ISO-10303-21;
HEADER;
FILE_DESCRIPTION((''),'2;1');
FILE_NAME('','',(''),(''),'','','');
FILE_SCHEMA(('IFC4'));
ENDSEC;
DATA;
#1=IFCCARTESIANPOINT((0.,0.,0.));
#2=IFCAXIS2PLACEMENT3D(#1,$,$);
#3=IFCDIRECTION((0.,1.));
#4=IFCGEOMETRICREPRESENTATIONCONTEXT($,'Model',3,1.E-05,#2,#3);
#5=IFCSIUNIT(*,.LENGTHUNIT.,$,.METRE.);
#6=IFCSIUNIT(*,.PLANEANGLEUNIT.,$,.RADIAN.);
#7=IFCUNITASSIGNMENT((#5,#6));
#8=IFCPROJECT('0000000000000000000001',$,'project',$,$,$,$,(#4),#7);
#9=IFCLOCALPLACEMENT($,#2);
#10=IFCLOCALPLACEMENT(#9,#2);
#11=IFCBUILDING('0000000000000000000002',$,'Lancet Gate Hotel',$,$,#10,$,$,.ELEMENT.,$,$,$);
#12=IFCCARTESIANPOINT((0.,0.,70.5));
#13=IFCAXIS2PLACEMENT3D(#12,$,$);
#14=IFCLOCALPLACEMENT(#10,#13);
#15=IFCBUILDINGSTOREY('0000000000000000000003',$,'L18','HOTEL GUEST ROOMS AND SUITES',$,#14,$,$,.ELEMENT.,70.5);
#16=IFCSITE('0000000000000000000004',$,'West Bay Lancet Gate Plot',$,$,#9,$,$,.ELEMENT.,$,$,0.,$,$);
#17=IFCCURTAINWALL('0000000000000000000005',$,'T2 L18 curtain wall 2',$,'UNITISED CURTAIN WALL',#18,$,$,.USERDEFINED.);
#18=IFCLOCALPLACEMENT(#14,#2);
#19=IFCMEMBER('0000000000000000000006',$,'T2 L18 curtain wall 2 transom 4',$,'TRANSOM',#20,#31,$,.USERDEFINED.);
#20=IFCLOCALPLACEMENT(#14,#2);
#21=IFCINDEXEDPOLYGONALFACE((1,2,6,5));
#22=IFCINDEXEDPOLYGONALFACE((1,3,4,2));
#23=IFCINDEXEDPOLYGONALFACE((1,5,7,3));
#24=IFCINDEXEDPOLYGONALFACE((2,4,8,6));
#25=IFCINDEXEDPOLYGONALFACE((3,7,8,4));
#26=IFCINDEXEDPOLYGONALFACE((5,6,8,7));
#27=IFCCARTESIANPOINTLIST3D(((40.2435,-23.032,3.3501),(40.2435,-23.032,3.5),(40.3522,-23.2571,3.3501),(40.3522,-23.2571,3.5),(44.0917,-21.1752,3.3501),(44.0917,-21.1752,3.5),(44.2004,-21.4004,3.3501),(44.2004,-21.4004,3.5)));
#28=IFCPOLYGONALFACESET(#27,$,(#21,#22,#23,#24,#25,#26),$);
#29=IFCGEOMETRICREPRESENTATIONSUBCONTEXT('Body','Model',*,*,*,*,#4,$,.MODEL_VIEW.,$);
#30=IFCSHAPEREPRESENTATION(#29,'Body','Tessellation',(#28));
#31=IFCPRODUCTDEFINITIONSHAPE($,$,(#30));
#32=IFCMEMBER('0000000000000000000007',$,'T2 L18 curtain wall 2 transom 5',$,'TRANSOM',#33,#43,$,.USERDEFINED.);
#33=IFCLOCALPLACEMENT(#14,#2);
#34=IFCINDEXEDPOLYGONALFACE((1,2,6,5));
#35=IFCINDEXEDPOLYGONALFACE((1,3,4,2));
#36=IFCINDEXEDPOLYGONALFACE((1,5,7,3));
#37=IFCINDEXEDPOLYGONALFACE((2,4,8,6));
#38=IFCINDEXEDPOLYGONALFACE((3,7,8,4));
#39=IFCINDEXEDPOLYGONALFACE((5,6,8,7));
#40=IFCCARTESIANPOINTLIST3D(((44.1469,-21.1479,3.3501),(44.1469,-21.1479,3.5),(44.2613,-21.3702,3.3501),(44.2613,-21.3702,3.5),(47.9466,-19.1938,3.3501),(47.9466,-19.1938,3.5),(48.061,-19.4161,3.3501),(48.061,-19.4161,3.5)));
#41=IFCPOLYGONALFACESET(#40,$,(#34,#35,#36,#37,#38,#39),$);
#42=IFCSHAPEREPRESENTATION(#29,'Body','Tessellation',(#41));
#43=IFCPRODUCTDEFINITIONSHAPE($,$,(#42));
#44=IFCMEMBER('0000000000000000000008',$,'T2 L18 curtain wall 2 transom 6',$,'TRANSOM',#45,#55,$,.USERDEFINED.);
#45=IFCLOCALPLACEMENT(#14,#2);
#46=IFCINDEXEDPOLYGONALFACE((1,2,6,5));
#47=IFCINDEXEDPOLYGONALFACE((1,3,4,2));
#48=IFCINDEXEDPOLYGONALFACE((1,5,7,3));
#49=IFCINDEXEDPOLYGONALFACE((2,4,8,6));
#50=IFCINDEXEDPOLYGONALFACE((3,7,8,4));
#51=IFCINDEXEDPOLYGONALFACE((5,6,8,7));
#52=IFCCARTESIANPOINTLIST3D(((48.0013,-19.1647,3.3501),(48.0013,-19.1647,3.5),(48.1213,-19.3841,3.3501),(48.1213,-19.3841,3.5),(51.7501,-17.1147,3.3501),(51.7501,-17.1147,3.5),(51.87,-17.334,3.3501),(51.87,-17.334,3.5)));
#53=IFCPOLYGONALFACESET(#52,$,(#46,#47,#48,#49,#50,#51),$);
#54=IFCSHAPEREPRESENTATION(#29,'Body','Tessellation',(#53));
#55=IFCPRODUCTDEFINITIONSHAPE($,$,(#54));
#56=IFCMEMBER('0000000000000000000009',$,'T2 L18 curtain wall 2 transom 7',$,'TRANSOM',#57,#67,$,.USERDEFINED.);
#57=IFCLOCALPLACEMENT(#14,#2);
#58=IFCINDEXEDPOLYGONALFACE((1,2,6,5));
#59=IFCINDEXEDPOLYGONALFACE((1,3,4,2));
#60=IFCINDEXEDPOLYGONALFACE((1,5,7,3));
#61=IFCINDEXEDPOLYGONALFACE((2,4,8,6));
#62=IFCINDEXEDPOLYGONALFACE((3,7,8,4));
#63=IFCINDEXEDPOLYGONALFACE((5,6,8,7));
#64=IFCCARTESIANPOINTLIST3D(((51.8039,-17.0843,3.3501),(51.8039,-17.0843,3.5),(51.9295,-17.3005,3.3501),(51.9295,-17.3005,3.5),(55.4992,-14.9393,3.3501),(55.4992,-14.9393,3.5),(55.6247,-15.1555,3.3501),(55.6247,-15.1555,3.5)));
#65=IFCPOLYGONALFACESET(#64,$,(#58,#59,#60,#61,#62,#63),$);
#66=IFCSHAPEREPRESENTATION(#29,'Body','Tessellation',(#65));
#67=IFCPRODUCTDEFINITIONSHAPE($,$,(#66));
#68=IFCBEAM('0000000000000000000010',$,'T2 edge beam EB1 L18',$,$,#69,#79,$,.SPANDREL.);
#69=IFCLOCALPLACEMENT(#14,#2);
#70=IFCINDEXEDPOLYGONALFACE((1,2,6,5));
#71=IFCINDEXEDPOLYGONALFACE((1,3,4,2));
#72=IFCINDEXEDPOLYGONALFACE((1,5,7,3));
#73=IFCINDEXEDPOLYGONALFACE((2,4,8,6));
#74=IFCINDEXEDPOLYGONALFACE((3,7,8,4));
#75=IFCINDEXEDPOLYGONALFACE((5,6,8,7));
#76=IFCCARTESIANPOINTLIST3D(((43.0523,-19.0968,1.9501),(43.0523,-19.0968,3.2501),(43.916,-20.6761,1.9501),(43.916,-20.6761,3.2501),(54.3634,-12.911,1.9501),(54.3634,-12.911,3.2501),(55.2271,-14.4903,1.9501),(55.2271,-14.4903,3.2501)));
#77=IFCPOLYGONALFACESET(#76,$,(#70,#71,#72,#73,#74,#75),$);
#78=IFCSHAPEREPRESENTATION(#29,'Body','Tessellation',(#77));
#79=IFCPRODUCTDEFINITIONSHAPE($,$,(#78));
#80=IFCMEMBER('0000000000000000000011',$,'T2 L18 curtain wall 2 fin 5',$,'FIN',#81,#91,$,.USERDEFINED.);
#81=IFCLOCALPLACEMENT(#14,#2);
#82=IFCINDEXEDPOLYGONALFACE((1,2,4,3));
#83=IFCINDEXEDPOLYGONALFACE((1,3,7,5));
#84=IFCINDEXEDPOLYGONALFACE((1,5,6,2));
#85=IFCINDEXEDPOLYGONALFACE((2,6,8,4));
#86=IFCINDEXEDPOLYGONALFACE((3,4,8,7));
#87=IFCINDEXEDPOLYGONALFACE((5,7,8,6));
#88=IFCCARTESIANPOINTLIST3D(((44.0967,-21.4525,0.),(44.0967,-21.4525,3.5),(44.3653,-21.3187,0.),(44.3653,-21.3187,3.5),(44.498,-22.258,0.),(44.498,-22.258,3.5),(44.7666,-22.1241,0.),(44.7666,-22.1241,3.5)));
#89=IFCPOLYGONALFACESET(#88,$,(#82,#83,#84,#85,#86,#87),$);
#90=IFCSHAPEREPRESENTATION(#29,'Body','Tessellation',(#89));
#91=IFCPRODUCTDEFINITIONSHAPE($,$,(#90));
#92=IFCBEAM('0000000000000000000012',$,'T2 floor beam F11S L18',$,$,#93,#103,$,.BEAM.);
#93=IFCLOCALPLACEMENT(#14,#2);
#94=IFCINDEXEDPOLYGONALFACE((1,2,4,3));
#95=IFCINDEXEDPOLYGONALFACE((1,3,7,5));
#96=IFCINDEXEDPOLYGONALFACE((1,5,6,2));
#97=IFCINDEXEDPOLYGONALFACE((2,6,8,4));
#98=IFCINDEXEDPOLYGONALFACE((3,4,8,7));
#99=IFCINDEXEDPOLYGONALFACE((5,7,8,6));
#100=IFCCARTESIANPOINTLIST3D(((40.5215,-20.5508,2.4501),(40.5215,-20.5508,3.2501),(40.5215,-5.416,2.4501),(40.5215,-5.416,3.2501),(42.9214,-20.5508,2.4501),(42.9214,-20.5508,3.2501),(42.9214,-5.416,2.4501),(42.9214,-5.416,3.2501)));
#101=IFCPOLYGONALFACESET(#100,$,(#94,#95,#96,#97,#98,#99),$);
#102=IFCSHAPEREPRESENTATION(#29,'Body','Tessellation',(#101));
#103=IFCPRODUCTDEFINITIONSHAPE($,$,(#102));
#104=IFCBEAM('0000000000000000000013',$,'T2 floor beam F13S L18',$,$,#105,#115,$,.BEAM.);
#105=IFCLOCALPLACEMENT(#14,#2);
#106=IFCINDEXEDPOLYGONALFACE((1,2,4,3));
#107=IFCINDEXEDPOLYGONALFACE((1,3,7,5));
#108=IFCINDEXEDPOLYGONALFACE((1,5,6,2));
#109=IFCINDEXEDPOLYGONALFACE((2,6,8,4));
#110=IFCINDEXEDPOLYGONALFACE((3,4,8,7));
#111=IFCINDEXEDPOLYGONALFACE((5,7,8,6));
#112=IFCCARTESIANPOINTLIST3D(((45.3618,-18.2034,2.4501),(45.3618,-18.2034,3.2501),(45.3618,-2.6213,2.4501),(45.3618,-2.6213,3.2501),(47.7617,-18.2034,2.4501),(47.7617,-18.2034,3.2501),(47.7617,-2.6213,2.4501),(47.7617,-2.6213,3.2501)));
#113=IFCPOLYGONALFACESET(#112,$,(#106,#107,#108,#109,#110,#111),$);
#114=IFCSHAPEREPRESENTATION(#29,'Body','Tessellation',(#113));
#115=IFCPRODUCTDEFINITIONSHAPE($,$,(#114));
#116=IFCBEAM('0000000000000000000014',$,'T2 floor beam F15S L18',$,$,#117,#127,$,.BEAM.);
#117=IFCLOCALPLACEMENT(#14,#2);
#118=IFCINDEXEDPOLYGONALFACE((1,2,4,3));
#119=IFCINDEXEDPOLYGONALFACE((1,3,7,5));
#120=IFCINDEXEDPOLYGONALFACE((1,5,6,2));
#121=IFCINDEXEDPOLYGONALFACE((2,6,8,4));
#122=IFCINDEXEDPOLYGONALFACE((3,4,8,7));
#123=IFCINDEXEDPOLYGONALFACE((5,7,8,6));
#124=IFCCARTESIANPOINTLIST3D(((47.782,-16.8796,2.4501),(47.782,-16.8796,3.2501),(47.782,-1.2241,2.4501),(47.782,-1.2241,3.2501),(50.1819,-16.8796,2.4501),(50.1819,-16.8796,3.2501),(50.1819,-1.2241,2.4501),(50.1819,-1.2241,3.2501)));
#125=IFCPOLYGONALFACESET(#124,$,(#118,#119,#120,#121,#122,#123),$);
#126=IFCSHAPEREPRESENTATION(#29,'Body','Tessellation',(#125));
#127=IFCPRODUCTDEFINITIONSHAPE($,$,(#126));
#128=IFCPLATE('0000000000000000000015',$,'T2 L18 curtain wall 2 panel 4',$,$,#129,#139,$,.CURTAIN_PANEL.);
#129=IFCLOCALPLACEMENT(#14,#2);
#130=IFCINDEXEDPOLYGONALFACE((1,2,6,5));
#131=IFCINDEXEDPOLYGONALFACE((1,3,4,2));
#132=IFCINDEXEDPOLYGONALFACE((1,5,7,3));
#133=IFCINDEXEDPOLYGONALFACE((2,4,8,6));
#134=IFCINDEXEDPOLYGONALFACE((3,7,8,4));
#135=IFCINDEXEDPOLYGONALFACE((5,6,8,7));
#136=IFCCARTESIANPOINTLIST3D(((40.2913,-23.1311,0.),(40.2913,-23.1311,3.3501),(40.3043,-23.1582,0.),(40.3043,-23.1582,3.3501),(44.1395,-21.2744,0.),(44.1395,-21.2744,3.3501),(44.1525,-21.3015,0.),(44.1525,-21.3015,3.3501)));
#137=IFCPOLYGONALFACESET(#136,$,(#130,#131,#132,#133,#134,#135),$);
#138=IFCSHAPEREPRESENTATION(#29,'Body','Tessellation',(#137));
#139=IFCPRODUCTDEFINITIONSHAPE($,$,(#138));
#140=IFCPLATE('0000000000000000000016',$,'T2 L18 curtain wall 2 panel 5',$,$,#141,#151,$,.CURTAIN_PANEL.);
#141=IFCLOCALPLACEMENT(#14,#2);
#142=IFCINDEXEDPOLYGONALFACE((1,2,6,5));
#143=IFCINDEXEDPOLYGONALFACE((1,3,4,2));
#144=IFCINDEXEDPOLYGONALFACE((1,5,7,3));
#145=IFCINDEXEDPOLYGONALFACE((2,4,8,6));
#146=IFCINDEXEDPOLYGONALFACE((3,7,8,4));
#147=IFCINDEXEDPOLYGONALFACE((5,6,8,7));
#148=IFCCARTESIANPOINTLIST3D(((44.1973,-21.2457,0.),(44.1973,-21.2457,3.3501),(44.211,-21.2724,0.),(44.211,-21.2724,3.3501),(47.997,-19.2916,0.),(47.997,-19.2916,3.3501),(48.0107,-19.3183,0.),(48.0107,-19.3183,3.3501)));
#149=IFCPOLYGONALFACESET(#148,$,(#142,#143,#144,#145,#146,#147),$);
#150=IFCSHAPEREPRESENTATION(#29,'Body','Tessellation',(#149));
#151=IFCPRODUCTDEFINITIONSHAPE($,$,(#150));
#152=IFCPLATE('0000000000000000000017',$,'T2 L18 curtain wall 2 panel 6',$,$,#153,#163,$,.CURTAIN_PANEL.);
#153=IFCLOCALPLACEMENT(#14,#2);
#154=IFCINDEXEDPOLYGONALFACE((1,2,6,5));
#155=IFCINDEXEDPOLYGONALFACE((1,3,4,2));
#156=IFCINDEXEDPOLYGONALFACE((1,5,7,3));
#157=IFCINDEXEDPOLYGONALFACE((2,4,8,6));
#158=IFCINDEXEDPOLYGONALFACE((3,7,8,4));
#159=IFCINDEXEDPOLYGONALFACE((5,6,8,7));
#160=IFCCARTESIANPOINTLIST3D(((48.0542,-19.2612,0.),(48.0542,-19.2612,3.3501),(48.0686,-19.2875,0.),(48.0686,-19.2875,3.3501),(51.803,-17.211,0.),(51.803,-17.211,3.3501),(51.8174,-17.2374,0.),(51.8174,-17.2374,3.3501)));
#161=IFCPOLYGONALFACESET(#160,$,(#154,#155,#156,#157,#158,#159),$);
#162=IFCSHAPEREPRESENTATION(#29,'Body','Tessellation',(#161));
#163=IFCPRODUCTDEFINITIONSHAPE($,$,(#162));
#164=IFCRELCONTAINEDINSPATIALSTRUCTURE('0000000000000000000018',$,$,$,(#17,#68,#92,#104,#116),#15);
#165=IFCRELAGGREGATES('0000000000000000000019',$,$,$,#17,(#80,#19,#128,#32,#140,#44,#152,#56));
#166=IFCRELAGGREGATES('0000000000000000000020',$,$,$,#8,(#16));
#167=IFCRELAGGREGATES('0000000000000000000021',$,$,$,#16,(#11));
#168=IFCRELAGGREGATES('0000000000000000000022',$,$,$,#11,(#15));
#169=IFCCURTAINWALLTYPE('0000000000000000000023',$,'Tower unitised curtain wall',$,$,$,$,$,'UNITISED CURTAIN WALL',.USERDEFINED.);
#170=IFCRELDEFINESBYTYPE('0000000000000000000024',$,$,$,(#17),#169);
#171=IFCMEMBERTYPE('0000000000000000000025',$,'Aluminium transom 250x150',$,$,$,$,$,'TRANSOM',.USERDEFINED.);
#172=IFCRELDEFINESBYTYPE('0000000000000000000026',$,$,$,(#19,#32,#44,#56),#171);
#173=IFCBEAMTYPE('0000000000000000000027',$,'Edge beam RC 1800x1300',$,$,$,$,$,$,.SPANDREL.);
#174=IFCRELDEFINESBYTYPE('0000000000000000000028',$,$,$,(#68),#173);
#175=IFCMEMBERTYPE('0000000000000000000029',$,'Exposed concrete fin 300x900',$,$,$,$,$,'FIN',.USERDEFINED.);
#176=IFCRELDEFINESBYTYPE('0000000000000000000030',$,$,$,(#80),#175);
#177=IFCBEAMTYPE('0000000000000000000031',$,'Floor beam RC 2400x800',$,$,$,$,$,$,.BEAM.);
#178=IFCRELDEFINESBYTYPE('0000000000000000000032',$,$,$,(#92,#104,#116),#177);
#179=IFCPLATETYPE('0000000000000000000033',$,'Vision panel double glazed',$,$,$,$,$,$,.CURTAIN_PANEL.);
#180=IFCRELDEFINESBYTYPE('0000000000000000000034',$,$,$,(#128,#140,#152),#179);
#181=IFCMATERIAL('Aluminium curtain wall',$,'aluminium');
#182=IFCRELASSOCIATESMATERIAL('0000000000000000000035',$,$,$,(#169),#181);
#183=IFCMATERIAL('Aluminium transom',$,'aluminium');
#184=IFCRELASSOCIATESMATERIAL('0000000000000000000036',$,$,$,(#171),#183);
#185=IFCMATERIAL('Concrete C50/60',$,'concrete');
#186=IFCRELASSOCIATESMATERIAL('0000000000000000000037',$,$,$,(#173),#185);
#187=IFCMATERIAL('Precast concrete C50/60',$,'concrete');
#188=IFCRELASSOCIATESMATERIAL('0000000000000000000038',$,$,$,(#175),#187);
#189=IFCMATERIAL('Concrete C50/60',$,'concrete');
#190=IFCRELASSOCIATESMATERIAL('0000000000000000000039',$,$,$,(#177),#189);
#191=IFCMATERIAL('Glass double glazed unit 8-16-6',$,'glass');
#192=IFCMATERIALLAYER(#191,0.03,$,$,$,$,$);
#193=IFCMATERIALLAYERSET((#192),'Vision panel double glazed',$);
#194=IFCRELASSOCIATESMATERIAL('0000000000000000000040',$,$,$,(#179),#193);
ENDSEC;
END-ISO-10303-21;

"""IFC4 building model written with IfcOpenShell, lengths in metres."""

from ifc_helpers import new_model, si_unit, direction, frame, origin, origin_2d, place, context, subcontext, project, spatial, rectangle, extrude, material, layer, layer_set, material_profile, profile_set, type_object, element, aggregate, save


model = new_model("IFC4")

# Units and contexts
model_context = context("Model", 3, precision=1e-05, world=origin(), true_north=direction((0.0, 1.0)))
body_context = subcontext(model_context, "Body", "Model", "MODEL_VIEW")
ifc_project = project(units=[si_unit("LENGTHUNIT", "METRE"), si_unit("PLANEANGLEUNIT", "RADIAN")], contexts=[model_context])

# Site, building, storey
site_placement = place(None, origin())
site = spatial("IfcSite", under=ifc_project, at=site_placement, Name="West Bay Lancet Gate Plot", CompositionType="ELEMENT", RefElevation=0.0)
building_placement = place(site_placement, origin())
building = spatial("IfcBuilding", under=site, at=building_placement, Name="Lancet Gate Hotel", CompositionType="ELEMENT")
storey_placement = place(building_placement, frame((0.0, 0.0, 70.5)))
storey = spatial("IfcBuildingStorey", under=building, at=storey_placement, Name="L18", Description="HOTEL GUEST ROOMS AND SUITES", CompositionType="ELEMENT", Elevation=70.5)

# Curtain wall, members
ifc_material_1 = material(Name="Aluminium curtain wall", Category="aluminium")
curtain_wall_type = type_object("IfcCurtainWallType", Name="Tower unitised curtain wall", ElementType="UNITISED CURTAIN WALL", PredefinedType="USERDEFINED", material=ifc_material_1)
curtain_wall_placement = place(storey_placement, origin())
curtain_wall = element("IfcCurtainWall", 1, at=curtain_wall_placement, inside=storey, type_object=curtain_wall_type, Name="T2 L18 curtain wall 2", ObjectType="UNITISED CURTAIN WALL", PredefinedType="USERDEFINED")
ifc_material_2 = material(Name="Aluminium transom", Category="aluminium")
ifc_material_profile_1 = material_profile(ifc_material_2, rectangle(XDim=0.25, YDim=0.1499, at=origin_2d()), Name="TRANSOM 250x150")
ifc_profile_set_1 = profile_set([ifc_material_profile_1], Name="Aluminium transom")
member_type_1 = type_object("IfcMemberType", Name="Aluminium transom 250x150", ElementType="TRANSOM", PredefinedType="USERDEFINED", material=ifc_profile_set_1)
member_1_placement = place(storey_placement, frame((40.2979, -23.1445, 3.425), z_axis=(0.900646, 0.434553, 0.0), x_axis=(-0.434553, 0.900646, 0.0)))
member_1 = element("IfcMember", 2, at=member_1_placement, type_object=member_type_1, Name="T2 L18 curtain wall 2 transom 4", ObjectType="TRANSOM", PredefinedType="USERDEFINED", context=body_context, shape_type="SweptSolid", body=[
    extrude(rectangle(XDim=0.25, YDim=0.1499, at=origin_2d()), origin(), (0.0, 0.0, 1.0), 4.2727),
])
member_2_placement = place(storey_placement, frame((44.2041, -21.259, 3.425), z_axis=(0.889296, 0.457333, 0.0), x_axis=(-0.457333, 0.889296, 0.0)))
member_2 = element("IfcMember", 3, at=member_2_placement, type_object=member_type_1, Name="T2 L18 curtain wall 2 transom 5", ObjectType="TRANSOM", PredefinedType="USERDEFINED", context=body_context, shape_type="SweptSolid", body=[
    extrude(rectangle(XDim=0.25, YDim=0.1499, at=origin_2d()), origin(), (0.0, 0.0, 1.0), 4.2727),
])
member_3_placement = place(storey_placement, frame((48.0613, -19.2744, 3.425), z_axis=(0.877378, 0.479801, 0.0), x_axis=(-0.479801, 0.877378, 0.0)))
member_3 = element("IfcMember", 4, at=member_3_placement, type_object=member_type_1, Name="T2 L18 curtain wall 2 transom 6", ObjectType="TRANSOM", PredefinedType="USERDEFINED", context=body_context, shape_type="SweptSolid", body=[
    extrude(rectangle(XDim=0.25, YDim=0.1499, at=origin_2d()), origin(), (0.0, 0.0, 1.0), 4.2727),
])
member_4_placement = place(storey_placement, frame((51.8667, -17.1924, 3.425), z_axis=(0.864855, 0.502022, 0.0), x_axis=(-0.502022, 0.864855, 0.0)))
member_4 = element("IfcMember", 5, at=member_4_placement, type_object=member_type_1, Name="T2 L18 curtain wall 2 transom 7", ObjectType="TRANSOM", PredefinedType="USERDEFINED", context=body_context, shape_type="SweptSolid", body=[
    extrude(rectangle(XDim=0.25, YDim=0.1499, at=origin_2d()), origin(), (0.0, 0.0, 1.0), 4.2727),
])

# Beam
ifc_material_3 = material(Name="Concrete C50/60", Category="concrete")
ifc_material_profile_2 = material_profile(ifc_material_3, rectangle(XDim=1.8, YDim=1.3, at=origin_2d()), Name="RC 1800x1300")
ifc_profile_set_2 = profile_set([ifc_material_profile_2], Name="Concrete C50/60")
beam_type_1 = type_object("IfcBeamType", Name="Edge beam RC 1800x1300", PredefinedType="SPANDREL", material=ifc_profile_set_2)
beam_1_placement = place(storey_placement, frame((43.4841, -19.8865, 2.6001), z_axis=(0.877369, 0.479816, 0.0), x_axis=(-0.479816, 0.877369, 0.0)))
element("IfcBeam", 6, at=beam_1_placement, inside=storey, type_object=beam_type_1, Name="T2 edge beam EB1 L18", PredefinedType="SPANDREL", context=body_context, shape_type="SweptSolid", body=[
    extrude(rectangle(XDim=1.8, YDim=1.3, at=origin_2d()), origin(), (0.0, 0.0, 1.0), 12.8921),
])

# Member
ifc_material_4 = material(Name="Precast concrete C50/60", Category="concrete")
ifc_material_profile_3 = material_profile(ifc_material_4, rectangle(XDim=0.3, YDim=0.8999, at=origin_2d()), Name="FIN 300x900")
ifc_profile_set_3 = profile_set([ifc_material_profile_3], Name="Precast concrete C50/60")
member_type_2 = type_object("IfcMemberType", Name="Exposed concrete fin 300x900", ElementType="FIN", PredefinedType="USERDEFINED", material=ifc_profile_set_3)
member_5_placement = place(storey_placement, frame((44.4316, -21.7883, 0.0), z_axis=(0.0, 0.0, 1.0), x_axis=(0.895044, 0.445978, 0.0)))
member_5 = element("IfcMember", 7, at=member_5_placement, type_object=member_type_2, Name="T2 L18 curtain wall 2 fin 5", ObjectType="FIN", PredefinedType="USERDEFINED", context=body_context, shape_type="SweptSolid", body=[
    extrude(rectangle(XDim=0.3, YDim=0.8999, at=origin_2d()), origin(), (0.0, 0.0, 1.0), 3.5),
])

# Beams
ifc_material_5 = material(Name="Concrete C50/60", Category="concrete")
ifc_material_profile_4 = material_profile(ifc_material_5, rectangle(XDim=2.3999, YDim=0.8, at=origin_2d()), Name="RC 2400x800")
ifc_profile_set_4 = profile_set([ifc_material_profile_4], Name="Concrete C50/60")
beam_type_2 = type_object("IfcBeamType", Name="Floor beam RC 2400x800", PredefinedType="BEAM", material=ifc_profile_set_4)
beam_2_placement = place(storey_placement, frame((41.7214, -20.5508, 2.8501), z_axis=(0.0, 1.0, 0.0), x_axis=(-1.0, 0.0, 0.0)))
element("IfcBeam", 8, at=beam_2_placement, inside=storey, type_object=beam_type_2, Name="T2 floor beam F11S L18", PredefinedType="BEAM", context=body_context, shape_type="SweptSolid", body=[
    extrude(rectangle(XDim=2.3999, YDim=0.8, at=origin_2d()), origin(), (0.0, 0.0, 1.0), 15.1348),
])
beam_3_placement = place(storey_placement, frame((46.5618, -18.2034, 2.8501), z_axis=(0.0, 1.0, 0.0), x_axis=(-1.0, 0.0, 0.0)))
element("IfcBeam", 9, at=beam_3_placement, inside=storey, type_object=beam_type_2, Name="T2 floor beam F13S L18", PredefinedType="BEAM", context=body_context, shape_type="SweptSolid", body=[
    extrude(rectangle(XDim=2.3999, YDim=0.8, at=origin_2d()), origin(), (0.0, 0.0, 1.0), 15.582),
])
beam_4_placement = place(storey_placement, frame((48.9819, -16.8796, 2.8501), z_axis=(0.0, 1.0, 0.0), x_axis=(-1.0, 0.0, 0.0)))
element("IfcBeam", 10, at=beam_4_placement, inside=storey, type_object=beam_type_2, Name="T2 floor beam F15S L18", PredefinedType="BEAM", context=body_context, shape_type="SweptSolid", body=[
    extrude(rectangle(XDim=2.3999, YDim=0.8, at=origin_2d()), origin(), (0.0, 0.0, 1.0), 15.6555),
])

# Plates
ifc_material_6 = material(Name="Glass double glazed unit 8-16-6", Category="glass")
ifc_layer = layer(ifc_material_6, 0.03)
ifc_layer_set = layer_set([ifc_layer], Name="Vision panel double glazed")
plate_type = type_object("IfcPlateType", Name="Vision panel double glazed", PredefinedType="CURTAIN_PANEL", material=ifc_layer_set)
plate_1_placement = place(storey_placement, frame((42.2219, -22.2163, 0.0), z_axis=(0.0, 0.0, 1.0), x_axis=(0.900647, 0.43455, 0.0)))
plate_1 = element("IfcPlate", 11, at=plate_1_placement, type_object=plate_type, Name="T2 L18 curtain wall 2 panel 4", PredefinedType="CURTAIN_PANEL", context=body_context, shape_type="SweptSolid", body=[
    extrude(rectangle(XDim=4.2727, YDim=0.03, at=origin_2d()), origin(), (0.0, 0.0, 1.0), 3.3501),
])
plate_2_placement = place(storey_placement, frame((46.104, -20.282, 0.0), z_axis=(0.0, 0.0, 1.0), x_axis=(0.889296, 0.457332, 0.0)))
plate_2 = element("IfcPlate", 12, at=plate_2_placement, type_object=plate_type, Name="T2 L18 curtain wall 2 panel 5", PredefinedType="CURTAIN_PANEL", context=body_context, shape_type="SweptSolid", body=[
    extrude(rectangle(XDim=4.2727, YDim=0.03, at=origin_2d()), origin(), (0.0, 0.0, 1.0), 3.3501),
])
plate_3_placement = place(storey_placement, frame((49.9358, -18.2493, 0.0), z_axis=(0.0, 0.0, 1.0), x_axis=(0.877368, 0.479818, 0.0)))
plate_3 = element("IfcPlate", 13, at=plate_3_placement, type_object=plate_type, Name="T2 L18 curtain wall 2 panel 6", PredefinedType="CURTAIN_PANEL", context=body_context, shape_type="SweptSolid", body=[
    extrude(rectangle(XDim=4.2727, YDim=0.03, at=origin_2d()), origin(), (0.0, 0.0, 1.0), 3.3501),
])
aggregate(curtain_wall, [member_5, member_1, plate_1, member_2, plate_2, member_3, plate_3, member_4])

save(model, "model.ifc")
